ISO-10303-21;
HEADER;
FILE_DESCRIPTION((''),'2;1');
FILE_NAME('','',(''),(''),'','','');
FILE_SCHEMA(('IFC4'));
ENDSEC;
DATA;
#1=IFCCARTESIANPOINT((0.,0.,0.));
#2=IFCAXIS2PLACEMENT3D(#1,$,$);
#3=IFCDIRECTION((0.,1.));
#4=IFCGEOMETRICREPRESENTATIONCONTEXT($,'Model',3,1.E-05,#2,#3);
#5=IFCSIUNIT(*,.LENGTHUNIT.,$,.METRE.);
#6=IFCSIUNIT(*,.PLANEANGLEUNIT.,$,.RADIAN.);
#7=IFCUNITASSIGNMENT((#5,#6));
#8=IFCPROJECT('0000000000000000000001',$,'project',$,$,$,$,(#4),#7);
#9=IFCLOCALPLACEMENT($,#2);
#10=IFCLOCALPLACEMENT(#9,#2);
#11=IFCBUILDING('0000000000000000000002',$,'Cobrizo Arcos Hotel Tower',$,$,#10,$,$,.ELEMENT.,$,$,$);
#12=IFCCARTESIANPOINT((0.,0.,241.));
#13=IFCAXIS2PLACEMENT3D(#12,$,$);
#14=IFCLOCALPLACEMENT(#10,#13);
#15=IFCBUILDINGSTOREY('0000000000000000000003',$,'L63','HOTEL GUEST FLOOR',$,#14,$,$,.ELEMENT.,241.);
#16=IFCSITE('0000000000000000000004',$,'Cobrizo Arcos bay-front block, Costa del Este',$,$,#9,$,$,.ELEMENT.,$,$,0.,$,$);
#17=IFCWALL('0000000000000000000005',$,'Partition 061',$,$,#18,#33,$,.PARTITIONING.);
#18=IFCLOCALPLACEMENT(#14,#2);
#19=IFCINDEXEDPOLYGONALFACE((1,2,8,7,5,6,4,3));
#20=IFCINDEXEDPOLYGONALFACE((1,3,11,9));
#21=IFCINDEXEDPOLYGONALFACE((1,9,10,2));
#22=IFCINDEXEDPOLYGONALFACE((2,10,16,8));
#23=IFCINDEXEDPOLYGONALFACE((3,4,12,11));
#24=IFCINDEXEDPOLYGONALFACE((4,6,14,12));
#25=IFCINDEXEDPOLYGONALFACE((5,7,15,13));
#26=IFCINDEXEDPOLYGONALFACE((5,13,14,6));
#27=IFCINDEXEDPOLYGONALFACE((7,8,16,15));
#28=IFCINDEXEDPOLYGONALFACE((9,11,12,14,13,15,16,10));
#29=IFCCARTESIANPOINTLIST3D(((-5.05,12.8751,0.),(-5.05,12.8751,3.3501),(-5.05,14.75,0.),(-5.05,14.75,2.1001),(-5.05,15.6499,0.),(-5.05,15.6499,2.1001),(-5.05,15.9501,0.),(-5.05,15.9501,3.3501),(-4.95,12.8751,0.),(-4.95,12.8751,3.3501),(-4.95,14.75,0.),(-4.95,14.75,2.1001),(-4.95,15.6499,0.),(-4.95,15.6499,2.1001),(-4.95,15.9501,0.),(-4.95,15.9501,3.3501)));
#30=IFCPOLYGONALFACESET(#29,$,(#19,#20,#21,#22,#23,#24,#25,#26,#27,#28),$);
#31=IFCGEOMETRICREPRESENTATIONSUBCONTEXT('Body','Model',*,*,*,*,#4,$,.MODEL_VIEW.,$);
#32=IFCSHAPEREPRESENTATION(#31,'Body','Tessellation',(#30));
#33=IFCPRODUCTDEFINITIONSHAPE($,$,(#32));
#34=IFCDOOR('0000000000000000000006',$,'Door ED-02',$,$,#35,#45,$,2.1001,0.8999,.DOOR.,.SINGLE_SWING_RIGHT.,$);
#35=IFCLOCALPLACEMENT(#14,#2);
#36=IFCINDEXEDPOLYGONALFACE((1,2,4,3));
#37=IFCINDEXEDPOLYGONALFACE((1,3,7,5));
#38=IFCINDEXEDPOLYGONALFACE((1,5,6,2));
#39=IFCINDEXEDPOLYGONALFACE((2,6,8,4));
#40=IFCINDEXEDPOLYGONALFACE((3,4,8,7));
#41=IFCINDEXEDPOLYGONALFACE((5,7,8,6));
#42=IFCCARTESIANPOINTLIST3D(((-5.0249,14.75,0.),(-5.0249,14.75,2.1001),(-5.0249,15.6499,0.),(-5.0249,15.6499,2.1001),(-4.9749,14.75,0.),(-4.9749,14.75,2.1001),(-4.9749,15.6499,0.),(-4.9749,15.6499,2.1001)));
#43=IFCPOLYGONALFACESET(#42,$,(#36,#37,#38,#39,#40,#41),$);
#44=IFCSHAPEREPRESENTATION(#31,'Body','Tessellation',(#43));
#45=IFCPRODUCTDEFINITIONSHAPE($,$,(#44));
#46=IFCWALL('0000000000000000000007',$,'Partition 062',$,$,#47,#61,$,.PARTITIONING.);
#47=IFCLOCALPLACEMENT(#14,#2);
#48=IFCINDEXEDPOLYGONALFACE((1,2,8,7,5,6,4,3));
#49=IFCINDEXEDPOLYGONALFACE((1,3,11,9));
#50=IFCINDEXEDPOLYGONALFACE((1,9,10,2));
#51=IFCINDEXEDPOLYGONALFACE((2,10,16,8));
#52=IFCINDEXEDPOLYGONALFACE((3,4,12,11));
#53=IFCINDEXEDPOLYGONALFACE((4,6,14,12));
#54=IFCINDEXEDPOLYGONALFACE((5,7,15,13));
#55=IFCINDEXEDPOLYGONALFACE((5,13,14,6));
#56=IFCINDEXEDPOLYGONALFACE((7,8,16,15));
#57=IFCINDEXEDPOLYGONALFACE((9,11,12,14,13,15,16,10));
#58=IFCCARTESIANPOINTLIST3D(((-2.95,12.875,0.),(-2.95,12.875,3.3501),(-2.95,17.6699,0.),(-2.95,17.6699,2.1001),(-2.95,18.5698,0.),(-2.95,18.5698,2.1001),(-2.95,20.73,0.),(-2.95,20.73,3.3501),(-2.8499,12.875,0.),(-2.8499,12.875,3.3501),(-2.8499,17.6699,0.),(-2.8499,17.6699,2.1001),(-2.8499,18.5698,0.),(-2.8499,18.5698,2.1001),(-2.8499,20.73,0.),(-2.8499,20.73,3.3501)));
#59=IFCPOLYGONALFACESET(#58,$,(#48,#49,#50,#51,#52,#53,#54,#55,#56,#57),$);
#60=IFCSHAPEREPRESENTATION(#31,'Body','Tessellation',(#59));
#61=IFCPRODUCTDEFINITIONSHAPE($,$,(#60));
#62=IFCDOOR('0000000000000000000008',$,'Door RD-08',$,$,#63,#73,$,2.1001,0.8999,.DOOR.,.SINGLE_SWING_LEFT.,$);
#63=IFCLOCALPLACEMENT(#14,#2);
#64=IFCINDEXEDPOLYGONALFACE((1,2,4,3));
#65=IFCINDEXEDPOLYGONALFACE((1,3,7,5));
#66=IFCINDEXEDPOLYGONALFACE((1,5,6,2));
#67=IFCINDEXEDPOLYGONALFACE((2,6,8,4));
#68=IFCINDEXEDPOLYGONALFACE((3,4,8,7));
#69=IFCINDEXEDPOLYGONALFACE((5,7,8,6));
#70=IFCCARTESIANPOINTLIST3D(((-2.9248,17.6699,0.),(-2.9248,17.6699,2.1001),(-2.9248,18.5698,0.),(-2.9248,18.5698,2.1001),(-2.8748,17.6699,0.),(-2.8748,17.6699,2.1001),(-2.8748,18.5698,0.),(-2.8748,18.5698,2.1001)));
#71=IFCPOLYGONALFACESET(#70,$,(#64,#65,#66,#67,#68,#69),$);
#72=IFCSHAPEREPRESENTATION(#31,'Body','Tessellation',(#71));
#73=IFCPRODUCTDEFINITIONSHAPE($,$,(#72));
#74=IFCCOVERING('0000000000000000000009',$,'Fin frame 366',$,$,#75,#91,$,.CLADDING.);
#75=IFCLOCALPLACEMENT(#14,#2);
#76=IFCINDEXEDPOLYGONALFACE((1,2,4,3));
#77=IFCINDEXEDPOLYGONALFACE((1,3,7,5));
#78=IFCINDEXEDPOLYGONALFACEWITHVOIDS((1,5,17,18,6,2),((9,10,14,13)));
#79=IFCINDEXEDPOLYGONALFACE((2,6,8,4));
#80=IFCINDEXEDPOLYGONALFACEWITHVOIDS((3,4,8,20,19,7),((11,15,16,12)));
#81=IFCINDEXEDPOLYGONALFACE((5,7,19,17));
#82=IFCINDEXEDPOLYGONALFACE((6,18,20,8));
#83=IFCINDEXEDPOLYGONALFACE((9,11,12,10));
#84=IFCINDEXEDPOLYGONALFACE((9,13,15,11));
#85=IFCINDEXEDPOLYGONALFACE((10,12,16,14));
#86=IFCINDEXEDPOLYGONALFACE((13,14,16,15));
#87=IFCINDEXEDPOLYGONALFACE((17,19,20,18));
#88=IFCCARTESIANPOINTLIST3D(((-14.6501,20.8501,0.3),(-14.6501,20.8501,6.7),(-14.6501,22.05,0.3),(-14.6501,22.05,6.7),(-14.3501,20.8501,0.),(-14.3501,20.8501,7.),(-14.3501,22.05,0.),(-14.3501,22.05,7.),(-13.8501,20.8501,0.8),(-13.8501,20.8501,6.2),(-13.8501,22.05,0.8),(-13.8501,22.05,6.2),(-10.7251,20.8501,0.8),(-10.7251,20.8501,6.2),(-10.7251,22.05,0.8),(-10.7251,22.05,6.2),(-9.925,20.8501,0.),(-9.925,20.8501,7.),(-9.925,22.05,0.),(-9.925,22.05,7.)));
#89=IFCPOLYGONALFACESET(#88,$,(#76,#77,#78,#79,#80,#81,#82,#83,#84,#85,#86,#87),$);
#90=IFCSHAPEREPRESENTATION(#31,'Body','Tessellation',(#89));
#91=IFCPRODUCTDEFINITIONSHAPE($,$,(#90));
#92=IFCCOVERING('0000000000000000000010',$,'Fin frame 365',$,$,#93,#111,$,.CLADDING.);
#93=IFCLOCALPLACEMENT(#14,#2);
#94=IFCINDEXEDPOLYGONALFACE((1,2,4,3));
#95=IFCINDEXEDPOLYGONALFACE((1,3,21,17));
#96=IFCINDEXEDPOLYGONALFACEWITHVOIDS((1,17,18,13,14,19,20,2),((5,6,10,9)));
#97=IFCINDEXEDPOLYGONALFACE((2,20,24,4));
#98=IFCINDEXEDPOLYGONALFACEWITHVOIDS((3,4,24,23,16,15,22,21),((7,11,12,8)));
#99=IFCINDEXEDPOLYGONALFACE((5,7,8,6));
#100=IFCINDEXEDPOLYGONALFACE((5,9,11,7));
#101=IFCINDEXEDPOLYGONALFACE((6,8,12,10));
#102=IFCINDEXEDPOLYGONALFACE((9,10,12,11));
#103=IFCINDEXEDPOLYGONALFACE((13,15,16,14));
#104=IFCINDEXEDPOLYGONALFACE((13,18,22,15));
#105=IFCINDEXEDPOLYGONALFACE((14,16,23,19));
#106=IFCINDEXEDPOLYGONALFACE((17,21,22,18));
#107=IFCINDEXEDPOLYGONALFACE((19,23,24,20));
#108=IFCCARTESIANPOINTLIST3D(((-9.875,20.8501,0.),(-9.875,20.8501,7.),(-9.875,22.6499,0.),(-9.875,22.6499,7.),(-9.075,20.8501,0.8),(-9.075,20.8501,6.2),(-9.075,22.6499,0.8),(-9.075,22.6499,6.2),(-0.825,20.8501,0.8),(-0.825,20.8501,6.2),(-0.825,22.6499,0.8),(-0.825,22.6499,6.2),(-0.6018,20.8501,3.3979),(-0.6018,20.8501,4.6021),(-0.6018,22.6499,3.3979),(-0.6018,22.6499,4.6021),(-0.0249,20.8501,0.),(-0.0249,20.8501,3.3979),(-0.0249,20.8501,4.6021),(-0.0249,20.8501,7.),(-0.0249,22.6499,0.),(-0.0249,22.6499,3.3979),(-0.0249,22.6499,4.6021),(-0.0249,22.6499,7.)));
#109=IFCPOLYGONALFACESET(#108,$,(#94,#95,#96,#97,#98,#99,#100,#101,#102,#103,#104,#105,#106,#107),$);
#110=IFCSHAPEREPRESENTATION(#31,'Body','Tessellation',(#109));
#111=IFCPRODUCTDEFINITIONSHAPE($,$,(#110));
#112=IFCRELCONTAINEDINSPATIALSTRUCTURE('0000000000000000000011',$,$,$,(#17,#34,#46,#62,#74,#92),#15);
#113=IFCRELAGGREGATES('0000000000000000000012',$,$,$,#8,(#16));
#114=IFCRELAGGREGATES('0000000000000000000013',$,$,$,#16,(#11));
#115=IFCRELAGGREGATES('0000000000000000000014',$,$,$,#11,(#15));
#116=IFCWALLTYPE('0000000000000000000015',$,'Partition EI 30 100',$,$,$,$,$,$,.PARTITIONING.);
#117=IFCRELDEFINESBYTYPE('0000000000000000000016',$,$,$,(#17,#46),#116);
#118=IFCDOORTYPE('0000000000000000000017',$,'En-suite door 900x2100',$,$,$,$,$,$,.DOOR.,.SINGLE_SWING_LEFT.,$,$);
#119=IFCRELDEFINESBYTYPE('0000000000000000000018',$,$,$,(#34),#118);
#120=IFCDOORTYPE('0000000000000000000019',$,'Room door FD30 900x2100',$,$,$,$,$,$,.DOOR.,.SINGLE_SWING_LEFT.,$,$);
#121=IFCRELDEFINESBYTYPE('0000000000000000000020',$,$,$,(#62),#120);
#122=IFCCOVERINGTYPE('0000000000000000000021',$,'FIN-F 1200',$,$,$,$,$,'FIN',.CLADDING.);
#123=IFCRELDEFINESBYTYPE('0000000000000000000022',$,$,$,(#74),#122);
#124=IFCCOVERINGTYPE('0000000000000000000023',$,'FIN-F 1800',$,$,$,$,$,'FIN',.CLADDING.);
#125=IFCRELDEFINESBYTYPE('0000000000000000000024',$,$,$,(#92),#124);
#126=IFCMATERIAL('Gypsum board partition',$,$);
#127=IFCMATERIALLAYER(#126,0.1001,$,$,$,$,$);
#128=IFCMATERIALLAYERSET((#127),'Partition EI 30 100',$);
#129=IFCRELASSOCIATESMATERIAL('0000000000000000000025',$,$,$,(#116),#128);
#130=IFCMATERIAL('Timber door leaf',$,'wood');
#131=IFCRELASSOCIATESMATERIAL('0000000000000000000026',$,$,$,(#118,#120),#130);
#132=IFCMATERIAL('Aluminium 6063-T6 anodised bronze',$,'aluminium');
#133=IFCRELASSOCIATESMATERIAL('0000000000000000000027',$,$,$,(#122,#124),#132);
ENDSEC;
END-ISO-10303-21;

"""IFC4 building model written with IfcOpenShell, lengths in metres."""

from ifc_helpers import new_model, si_unit, direction, frame, frame_2d, origin, place, context, subcontext, project, spatial, polyline, rectangle, outline, extrude, material, layer, layer_set, type_object, element, fill, save


model = new_model("IFC4")

# Units and contexts
model_context = context("Model", 3, precision=1e-05, world=origin(), true_north=direction((0.0, 1.0)))
body_context = subcontext(model_context, "Body", "Model", "MODEL_VIEW")
ifc_project = project(units=[si_unit("LENGTHUNIT", "METRE"), si_unit("PLANEANGLEUNIT", "RADIAN")], contexts=[model_context])

# Site, building, storey
site_placement = place(None, origin())
site = spatial("IfcSite", under=ifc_project, at=site_placement, Name="Cobrizo Arcos bay-front block, Costa del Este", CompositionType="ELEMENT", RefElevation=0.0)
building_placement = place(site_placement, origin())
building = spatial("IfcBuilding", under=site, at=building_placement, Name="Cobrizo Arcos Hotel Tower", CompositionType="ELEMENT")
storey_placement = place(building_placement, frame((0.0, 0.0, 241.0)))
storey = spatial("IfcBuildingStorey", under=building, at=storey_placement, Name="L63", Description="HOTEL GUEST FLOOR", CompositionType="ELEMENT", Elevation=241.0)

# Shared definitions
ifc_material_1 = material(Name="Aluminium 6063-T6 anodised bronze", Category="aluminium")

# Shared definitions
ifc_material_2 = material(Name="Gypsum board partition")
ifc_layer_1 = layer(ifc_material_2, 0.1001)
ifc_layer_set_1 = layer_set([ifc_layer_1], Name="Partition EI 30 100")
wall_type = type_object("IfcWallType", Name="Partition EI 30 100", PredefinedType="PARTITIONING", material=ifc_layer_set_1)

# Shared definitions
ifc_material_3 = material(Name="Timber door leaf", Category="wood")
door_type_1 = type_object("IfcDoorType", Name="En-suite door 900x2100", OperationType="SINGLE_SWING_LEFT", PredefinedType="DOOR", material=ifc_material_3)

# Walls, openings, doors
wall_1_placement = place(storey_placement, frame((-5.0, 12.875, 0.0), z_axis=(0.0, 0.0, 1.0), x_axis=(0.0, 1.0, 0.0)))
wall_1 = element("IfcWall", 1, at=wall_1_placement, inside=storey, type_object=wall_type, Name="Partition 061", PredefinedType="PARTITIONING", context=body_context, shape_type="SweptSolid", body=[
    extrude(rectangle(XDim=3.075, YDim=0.1001, at=frame_2d((1.5376, 0.0))), origin(), (0.0, 0.0, 1.0), 3.3501),
])
opening_1_placement = place(wall_1_placement, frame((1.875, 0.0, 0.0)))
opening_1 = element("IfcOpeningElement", 2, at=opening_1_placement, cuts=wall_1, PredefinedType="OPENING", context=body_context, shape_type="SweptSolid", body=[
    extrude(rectangle(XDim=0.8999, YDim=2.1001, at=frame_2d((0.45, 1.05))), frame((0.0, 0.062, 0.0), z_axis=(0.0, -1.0, 0.0), x_axis=(1.0, 0.0, 0.0)), (0.0, 0.0, 1.0), 0.124),
])
door_1_placement = place(opening_1_placement, origin())
door_1 = element("IfcDoor", 3, at=door_1_placement, inside=storey, type_object=door_type_1, Name="Door ED-02", OperationType="SINGLE_SWING_RIGHT", OverallHeight=2.1001, OverallWidth=0.8999, PredefinedType="DOOR", context=body_context, shape_type="SweptSolid", body=[
    extrude(rectangle(XDim=0.8999, YDim=2.1001, at=frame_2d((0.45, 1.05))), frame((0.0, 0.0249, 0.0), z_axis=(0.0, -1.0, 0.0), x_axis=(1.0, 0.0, 0.0)), (0.0, 0.0, 1.0), 0.05),
])
fill(opening_1, door_1)
wall_2_placement = place(storey_placement, frame((-2.8999, 12.875, 0.0), z_axis=(0.0, 0.0, 1.0), x_axis=(0.0, 1.0, 0.0)))
wall_2 = element("IfcWall", 4, at=wall_2_placement, inside=storey, type_object=wall_type, Name="Partition 062", PredefinedType="PARTITIONING", context=body_context, shape_type="SweptSolid", body=[
    extrude(rectangle(XDim=7.855, YDim=0.1001, at=frame_2d((3.9275, 0.0))), origin(), (0.0, 0.0, 1.0), 3.3501),
])
opening_2_placement = place(wall_2_placement, frame((4.7949, 0.0, 0.0)))
opening_2 = element("IfcOpeningElement", 5, at=opening_2_placement, cuts=wall_2, PredefinedType="OPENING", context=body_context, shape_type="SweptSolid", body=[
    extrude(rectangle(XDim=0.8999, YDim=2.1001, at=frame_2d((0.45, 1.05))), frame((0.0, 0.062, 0.0), z_axis=(0.0, -1.0, 0.0), x_axis=(1.0, 0.0, 0.0)), (0.0, 0.0, 1.0), 0.124),
])
door_type_2 = type_object("IfcDoorType", Name="Room door FD30 900x2100", OperationType="SINGLE_SWING_LEFT", PredefinedType="DOOR", material=ifc_material_3)
door_2_placement = place(opening_2_placement, origin())
door_2 = element("IfcDoor", 6, at=door_2_placement, inside=storey, type_object=door_type_2, Name="Door RD-08", OperationType="SINGLE_SWING_LEFT", OverallHeight=2.1001, OverallWidth=0.8999, PredefinedType="DOOR", context=body_context, shape_type="SweptSolid", body=[
    extrude(rectangle(XDim=0.8999, YDim=2.1001, at=frame_2d((0.45, 1.05))), frame((0.0, 0.0249, 0.0), z_axis=(0.0, -1.0, 0.0), x_axis=(1.0, 0.0, 0.0)), (0.0, 0.0, 1.0), 0.05),
])
fill(opening_2, door_2)

# Coverings
covering_type_1 = type_object("IfcCoveringType", Name="FIN-F 1200", ElementType="FIN", PredefinedType="CLADDING", material=ifc_material_1)
covering_1_placement = place(storey_placement, frame((-9.925, 20.8501, 0.0), z_axis=(0.0, 1.0, 0.0), x_axis=(-1.0, 0.0, 0.0)))
element("IfcCovering", 7, at=covering_1_placement, inside=storey, type_object=covering_type_1, Name="Fin frame 366", PredefinedType="CLADDING", context=body_context, shape_type="SweptSolid", body=[
    extrude(outline(polyline([(0.0, 7.0), (0.0, 0.0), (4.425, 0.0), (4.7251, 0.3), (4.7251, 6.7), (4.425, 7.0), (0.0, 7.0)]), holes=[polyline([(3.925, 0.8), (0.8, 0.8), (0.8, 6.2), (3.925, 6.2), (3.925, 0.8)])]), origin(), (0.0, 0.0, 1.0), 1.2),
])
covering_type_2 = type_object("IfcCoveringType", Name="FIN-F 1800", ElementType="FIN", PredefinedType="CLADDING", material=ifc_material_1)
covering_2_placement = place(storey_placement, frame((-0.0249, 20.8501, 0.0), z_axis=(0.0, 1.0, 0.0), x_axis=(-1.0, 0.0, 0.0)))
element("IfcCovering", 8, at=covering_2_placement, inside=storey, type_object=covering_type_2, Name="Fin frame 365", PredefinedType="CLADDING", context=body_context, shape_type="SweptSolid", body=[
    extrude(outline(polyline([(0.0, 7.0), (0.0, 4.6021), (0.5769, 4.6021), (0.5769, 3.3979), (0.0, 3.3979), (0.0, 0.0), (9.8501, 0.0), (9.8501, 7.0), (0.0, 7.0)]), holes=[polyline([(9.05, 0.8), (0.8, 0.8), (0.8, 6.2), (9.05, 6.2), (9.05, 0.8)])]), origin(), (0.0, 0.0, 1.0), 1.7998),
])

save(model, "model.ifc")
